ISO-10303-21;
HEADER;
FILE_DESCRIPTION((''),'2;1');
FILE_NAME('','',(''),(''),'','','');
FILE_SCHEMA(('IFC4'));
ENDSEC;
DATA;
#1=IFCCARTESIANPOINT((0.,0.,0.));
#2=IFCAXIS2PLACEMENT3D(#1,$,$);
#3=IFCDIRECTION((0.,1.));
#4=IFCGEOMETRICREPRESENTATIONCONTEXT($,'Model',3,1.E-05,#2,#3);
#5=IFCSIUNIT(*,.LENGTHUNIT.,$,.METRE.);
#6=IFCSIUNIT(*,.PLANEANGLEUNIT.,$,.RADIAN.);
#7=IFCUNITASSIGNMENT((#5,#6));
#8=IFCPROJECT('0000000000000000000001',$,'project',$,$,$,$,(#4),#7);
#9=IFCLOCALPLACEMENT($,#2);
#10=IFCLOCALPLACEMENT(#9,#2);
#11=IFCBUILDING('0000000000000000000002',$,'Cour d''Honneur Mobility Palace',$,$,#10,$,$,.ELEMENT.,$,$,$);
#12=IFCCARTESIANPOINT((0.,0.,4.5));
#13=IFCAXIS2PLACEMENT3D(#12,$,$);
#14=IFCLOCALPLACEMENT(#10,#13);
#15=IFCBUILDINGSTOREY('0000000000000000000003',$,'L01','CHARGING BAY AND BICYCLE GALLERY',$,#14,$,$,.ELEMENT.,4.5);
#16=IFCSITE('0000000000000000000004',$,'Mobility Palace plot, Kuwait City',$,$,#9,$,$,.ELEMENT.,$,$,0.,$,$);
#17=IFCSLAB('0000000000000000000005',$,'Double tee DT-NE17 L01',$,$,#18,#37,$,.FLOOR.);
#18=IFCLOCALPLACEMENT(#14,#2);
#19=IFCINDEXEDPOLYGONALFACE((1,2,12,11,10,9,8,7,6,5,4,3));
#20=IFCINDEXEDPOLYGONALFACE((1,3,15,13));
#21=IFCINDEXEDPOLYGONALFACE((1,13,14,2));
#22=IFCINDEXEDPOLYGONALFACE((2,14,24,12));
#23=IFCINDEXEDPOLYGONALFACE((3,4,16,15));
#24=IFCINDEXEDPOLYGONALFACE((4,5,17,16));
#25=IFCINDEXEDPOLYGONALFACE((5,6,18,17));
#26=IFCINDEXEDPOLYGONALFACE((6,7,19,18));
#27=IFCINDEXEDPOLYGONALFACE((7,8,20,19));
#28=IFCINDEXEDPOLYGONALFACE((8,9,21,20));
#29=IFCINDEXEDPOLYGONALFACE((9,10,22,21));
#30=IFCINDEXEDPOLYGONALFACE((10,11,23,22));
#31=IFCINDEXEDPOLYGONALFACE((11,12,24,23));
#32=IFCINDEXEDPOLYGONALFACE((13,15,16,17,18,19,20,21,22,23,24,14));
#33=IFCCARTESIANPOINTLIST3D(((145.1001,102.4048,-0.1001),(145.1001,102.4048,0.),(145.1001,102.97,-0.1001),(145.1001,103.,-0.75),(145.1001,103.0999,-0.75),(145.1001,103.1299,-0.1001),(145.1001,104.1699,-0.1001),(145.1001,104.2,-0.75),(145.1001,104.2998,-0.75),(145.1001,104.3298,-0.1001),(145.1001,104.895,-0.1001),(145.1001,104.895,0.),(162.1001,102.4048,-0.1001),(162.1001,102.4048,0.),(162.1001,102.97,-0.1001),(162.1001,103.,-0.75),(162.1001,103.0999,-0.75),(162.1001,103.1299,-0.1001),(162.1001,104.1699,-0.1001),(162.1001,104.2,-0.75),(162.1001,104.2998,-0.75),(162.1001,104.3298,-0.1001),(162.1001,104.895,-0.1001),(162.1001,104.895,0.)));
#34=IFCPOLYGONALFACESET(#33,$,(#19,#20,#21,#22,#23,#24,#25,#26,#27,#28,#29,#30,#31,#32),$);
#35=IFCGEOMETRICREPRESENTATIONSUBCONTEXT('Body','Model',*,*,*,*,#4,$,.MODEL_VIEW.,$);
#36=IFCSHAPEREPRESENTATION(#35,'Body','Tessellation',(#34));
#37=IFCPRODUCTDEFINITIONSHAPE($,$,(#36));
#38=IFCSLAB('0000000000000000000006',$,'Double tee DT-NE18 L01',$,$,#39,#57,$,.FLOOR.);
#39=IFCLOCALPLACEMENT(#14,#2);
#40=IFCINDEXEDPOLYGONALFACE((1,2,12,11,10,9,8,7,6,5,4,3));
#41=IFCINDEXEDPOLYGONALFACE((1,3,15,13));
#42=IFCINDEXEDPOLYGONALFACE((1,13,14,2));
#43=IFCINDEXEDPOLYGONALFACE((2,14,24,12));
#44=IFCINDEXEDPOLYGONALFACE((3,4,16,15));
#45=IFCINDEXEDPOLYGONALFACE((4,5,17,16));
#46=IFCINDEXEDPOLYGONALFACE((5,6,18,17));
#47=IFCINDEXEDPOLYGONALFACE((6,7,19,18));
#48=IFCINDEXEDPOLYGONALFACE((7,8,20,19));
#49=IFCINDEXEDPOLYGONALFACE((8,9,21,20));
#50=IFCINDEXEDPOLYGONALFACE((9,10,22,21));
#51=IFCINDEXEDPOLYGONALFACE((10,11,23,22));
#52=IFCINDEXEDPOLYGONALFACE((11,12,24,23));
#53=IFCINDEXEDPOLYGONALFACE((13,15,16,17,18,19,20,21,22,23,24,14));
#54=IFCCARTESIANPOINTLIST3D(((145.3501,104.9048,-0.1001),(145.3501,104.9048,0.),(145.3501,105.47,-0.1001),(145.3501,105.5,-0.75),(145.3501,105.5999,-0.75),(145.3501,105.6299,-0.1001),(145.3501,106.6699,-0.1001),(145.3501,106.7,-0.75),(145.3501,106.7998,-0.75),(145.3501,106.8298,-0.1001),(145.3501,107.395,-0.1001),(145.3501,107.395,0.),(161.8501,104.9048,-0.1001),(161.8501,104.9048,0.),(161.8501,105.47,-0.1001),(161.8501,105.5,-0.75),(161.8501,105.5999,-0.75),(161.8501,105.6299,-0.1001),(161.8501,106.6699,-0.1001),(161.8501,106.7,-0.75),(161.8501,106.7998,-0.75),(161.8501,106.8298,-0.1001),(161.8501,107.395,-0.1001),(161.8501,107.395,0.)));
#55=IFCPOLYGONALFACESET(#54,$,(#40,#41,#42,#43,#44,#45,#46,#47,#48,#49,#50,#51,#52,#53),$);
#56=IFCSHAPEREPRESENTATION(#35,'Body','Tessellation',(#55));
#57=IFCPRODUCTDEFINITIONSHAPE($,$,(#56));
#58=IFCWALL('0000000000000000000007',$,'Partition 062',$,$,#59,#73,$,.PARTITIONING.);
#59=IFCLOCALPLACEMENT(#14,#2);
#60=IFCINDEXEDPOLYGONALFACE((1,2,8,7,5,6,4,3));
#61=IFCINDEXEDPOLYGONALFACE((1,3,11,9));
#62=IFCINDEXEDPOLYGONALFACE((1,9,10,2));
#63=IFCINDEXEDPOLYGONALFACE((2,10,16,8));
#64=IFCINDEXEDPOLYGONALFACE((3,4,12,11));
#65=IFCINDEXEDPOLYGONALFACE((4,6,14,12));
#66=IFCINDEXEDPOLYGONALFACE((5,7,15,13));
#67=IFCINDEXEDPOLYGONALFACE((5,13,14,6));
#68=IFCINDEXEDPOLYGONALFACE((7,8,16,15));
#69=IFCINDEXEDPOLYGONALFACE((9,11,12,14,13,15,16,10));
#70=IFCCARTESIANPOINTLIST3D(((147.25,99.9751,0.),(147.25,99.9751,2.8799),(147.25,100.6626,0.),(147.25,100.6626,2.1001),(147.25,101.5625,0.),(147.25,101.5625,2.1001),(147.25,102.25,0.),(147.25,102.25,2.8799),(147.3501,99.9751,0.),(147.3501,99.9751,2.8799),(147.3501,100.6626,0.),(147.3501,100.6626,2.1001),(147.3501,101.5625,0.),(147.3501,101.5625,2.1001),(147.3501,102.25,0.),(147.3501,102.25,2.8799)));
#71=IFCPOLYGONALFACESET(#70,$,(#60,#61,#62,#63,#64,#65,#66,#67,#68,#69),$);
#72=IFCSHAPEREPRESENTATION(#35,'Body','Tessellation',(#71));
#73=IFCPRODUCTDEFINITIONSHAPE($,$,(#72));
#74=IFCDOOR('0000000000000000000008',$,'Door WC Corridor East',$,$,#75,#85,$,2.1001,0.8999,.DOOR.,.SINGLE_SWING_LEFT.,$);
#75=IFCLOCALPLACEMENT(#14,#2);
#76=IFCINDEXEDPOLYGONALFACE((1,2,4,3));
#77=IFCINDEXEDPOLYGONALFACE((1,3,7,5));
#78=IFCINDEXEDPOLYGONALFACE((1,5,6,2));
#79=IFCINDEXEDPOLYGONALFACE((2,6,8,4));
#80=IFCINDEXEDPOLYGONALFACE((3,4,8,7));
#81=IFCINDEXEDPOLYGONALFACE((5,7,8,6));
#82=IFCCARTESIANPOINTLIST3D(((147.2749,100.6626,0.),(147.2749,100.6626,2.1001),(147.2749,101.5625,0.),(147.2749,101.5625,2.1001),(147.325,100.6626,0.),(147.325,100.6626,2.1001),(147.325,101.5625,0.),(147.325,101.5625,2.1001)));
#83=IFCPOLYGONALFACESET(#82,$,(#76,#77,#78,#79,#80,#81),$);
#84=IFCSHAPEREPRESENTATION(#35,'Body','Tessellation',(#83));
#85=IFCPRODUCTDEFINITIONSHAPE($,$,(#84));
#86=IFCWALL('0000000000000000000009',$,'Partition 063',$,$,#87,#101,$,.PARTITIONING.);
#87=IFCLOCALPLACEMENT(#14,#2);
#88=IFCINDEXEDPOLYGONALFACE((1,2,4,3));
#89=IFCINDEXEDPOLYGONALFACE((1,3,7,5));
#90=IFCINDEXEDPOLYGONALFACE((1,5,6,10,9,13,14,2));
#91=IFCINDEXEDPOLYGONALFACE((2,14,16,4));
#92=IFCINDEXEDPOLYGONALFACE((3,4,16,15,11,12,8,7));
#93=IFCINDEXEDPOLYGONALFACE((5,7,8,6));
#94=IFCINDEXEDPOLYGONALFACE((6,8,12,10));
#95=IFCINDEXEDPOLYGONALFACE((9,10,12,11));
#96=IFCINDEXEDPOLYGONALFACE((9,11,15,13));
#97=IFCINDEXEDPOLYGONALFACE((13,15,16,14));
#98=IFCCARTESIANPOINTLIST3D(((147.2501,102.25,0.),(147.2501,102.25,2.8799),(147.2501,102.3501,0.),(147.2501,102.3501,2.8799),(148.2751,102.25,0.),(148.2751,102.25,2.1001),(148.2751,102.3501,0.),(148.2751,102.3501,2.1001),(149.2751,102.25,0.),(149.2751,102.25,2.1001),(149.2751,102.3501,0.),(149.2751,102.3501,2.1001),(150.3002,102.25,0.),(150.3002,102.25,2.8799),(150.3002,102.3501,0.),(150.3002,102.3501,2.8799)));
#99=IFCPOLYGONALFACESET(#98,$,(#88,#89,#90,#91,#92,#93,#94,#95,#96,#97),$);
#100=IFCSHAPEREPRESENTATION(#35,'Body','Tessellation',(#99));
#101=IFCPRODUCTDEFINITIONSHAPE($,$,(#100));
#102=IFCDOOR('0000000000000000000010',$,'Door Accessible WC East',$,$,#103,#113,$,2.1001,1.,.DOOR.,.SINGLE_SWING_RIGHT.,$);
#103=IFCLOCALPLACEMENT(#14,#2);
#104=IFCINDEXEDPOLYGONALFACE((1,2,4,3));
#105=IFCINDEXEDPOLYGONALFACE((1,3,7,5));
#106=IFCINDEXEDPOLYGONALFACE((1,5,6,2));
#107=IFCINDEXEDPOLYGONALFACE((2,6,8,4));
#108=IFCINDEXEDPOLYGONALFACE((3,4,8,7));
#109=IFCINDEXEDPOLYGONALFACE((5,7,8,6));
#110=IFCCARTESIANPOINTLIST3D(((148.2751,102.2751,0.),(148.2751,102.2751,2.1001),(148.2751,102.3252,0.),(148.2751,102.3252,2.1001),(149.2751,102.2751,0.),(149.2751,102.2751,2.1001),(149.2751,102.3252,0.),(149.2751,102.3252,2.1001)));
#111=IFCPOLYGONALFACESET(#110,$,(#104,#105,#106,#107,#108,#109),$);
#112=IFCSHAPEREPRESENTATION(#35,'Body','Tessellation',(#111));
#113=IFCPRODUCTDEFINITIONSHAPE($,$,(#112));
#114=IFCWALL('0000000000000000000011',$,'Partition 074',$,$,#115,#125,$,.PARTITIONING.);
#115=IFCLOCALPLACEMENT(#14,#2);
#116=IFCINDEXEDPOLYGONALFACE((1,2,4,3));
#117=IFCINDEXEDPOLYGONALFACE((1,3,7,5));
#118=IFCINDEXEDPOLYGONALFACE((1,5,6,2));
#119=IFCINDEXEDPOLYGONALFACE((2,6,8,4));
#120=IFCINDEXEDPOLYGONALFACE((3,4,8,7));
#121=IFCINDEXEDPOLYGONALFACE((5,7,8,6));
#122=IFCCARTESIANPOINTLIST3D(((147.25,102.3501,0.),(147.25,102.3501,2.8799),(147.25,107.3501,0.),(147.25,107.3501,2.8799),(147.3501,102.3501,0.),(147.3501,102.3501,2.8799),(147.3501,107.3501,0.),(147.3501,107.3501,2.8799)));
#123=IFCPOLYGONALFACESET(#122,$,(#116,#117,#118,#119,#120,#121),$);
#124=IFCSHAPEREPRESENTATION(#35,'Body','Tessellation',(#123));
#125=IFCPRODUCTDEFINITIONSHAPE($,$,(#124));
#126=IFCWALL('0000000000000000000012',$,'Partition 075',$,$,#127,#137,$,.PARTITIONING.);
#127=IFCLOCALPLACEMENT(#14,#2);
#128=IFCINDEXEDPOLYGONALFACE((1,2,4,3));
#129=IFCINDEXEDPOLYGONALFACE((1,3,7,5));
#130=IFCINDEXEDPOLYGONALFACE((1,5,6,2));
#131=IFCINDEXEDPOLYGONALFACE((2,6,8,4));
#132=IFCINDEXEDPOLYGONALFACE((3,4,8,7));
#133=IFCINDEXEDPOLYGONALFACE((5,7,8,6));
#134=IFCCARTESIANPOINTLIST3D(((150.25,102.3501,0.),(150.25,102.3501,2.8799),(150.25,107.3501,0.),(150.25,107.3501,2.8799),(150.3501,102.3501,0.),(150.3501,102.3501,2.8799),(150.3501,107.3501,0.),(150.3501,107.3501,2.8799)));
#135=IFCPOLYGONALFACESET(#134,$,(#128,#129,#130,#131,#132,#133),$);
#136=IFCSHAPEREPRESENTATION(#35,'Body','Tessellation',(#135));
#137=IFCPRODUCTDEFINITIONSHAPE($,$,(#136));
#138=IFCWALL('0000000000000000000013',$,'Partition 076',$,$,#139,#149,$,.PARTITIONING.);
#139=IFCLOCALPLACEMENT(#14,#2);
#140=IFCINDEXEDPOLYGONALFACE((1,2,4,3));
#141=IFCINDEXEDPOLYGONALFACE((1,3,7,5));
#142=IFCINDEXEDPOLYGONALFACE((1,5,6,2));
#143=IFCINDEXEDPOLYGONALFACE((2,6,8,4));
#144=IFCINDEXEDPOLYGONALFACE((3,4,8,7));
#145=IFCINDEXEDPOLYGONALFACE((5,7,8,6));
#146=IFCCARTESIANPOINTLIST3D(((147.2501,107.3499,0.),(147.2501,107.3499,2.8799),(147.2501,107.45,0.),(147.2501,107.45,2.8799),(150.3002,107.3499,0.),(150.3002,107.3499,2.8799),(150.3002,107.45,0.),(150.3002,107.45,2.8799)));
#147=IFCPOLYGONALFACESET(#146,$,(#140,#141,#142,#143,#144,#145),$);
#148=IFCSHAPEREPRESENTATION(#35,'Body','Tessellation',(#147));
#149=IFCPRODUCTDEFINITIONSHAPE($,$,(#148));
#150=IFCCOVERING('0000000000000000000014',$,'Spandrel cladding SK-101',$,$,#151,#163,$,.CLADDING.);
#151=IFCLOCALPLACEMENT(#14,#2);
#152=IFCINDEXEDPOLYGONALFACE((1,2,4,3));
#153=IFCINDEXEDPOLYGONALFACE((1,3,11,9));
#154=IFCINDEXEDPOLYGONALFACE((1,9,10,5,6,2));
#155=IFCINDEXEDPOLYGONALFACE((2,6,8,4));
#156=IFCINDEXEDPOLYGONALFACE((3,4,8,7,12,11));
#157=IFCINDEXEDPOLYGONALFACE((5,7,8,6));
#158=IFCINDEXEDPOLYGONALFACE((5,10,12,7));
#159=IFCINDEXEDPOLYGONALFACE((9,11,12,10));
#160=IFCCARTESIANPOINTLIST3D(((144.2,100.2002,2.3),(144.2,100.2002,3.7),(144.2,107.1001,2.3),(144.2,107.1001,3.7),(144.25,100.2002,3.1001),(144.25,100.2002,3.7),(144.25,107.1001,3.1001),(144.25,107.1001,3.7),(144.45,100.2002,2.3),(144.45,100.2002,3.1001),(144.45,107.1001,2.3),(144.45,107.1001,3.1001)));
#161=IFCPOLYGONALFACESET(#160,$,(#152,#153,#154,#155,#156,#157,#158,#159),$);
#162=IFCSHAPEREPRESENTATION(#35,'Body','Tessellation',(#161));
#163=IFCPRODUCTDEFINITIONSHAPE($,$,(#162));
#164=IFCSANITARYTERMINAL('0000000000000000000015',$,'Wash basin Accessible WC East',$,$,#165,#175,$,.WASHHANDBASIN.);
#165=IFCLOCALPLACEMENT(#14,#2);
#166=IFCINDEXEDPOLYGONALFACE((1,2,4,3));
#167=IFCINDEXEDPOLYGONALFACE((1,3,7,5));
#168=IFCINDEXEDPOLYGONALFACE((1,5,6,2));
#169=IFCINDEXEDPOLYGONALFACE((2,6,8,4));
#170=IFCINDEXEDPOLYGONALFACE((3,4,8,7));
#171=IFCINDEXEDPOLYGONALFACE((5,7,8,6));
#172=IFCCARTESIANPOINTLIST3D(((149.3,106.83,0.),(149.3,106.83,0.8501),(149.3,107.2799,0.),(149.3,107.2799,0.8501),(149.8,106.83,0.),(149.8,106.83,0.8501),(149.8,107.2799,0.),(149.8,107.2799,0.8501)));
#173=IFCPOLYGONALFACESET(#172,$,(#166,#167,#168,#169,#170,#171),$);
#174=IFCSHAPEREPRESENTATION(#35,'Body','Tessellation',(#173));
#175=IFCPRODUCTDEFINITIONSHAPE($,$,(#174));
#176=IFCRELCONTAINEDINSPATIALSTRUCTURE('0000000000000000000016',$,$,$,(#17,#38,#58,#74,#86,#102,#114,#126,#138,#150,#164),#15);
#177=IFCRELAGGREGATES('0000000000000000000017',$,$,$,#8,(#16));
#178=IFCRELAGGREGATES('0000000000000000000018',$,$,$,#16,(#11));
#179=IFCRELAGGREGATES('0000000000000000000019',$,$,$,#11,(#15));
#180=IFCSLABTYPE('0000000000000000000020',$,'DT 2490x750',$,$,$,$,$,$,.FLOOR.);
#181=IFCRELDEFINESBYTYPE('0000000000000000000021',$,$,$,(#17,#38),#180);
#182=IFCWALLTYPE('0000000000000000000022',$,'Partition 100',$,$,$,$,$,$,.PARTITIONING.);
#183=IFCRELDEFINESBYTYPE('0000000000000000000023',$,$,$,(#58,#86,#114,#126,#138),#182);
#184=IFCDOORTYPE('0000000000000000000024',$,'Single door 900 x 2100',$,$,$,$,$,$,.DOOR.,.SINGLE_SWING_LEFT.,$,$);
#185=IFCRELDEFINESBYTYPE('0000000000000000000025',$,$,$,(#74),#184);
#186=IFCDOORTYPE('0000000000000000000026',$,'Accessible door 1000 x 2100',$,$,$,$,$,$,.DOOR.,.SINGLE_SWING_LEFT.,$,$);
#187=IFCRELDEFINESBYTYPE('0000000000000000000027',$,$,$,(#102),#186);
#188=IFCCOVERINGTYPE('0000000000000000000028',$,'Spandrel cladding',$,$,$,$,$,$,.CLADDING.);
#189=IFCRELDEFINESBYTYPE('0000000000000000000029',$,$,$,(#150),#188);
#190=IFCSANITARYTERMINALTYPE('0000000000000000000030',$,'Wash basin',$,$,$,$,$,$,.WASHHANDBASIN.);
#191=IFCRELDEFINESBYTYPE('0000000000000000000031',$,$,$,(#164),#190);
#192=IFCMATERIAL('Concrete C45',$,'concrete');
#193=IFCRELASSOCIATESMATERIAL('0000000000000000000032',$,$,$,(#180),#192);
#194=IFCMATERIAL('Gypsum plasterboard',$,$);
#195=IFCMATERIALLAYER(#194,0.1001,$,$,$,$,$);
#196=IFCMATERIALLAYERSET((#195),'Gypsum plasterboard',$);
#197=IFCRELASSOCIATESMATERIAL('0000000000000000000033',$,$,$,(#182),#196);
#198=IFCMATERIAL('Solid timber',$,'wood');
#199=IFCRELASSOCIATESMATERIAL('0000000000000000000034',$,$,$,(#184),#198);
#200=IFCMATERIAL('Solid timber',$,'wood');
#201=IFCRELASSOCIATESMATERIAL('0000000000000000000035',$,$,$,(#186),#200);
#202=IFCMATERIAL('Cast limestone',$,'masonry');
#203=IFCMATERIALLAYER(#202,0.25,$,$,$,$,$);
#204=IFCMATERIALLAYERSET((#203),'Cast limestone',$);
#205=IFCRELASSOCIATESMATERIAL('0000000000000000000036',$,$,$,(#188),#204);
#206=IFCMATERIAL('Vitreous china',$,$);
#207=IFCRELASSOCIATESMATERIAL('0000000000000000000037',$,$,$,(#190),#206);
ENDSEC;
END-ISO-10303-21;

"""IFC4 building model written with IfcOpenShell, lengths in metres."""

from ifc_helpers import new_model, si_unit, direction, frame, frame_2d, origin, origin_2d, place, context, subcontext, project, spatial, polyline, rectangle, outline, extrude, material, layer, layer_set, material_profile, profile_set, type_object, element, fill, save


model = new_model("IFC4")

# Units and contexts
model_context = context("Model", 3, precision=1e-05, world=origin(), true_north=direction((0.0, 1.0)))
body_context = subcontext(model_context, "Body", "Model", "MODEL_VIEW")
ifc_project = project(units=[si_unit("LENGTHUNIT", "METRE"), si_unit("PLANEANGLEUNIT", "RADIAN")], contexts=[model_context])

# Site, building, storey
site_placement = place(None, origin())
site = spatial("IfcSite", under=ifc_project, at=site_placement, Name="Mobility Palace plot, Kuwait City", CompositionType="ELEMENT", RefElevation=0.0)
building_placement = place(site_placement, origin())
building = spatial("IfcBuilding", under=site, at=building_placement, Name="Cour d'Honneur Mobility Palace", CompositionType="ELEMENT")
storey_placement = place(building_placement, frame((0.0, 0.0, 4.5)))
storey = spatial("IfcBuildingStorey", under=building, at=storey_placement, Name="L01", Description="CHARGING BAY AND BICYCLE GALLERY", CompositionType="ELEMENT", Elevation=4.5)

# Slabs
ifc_material_1 = material(Name="Concrete C45", Category="concrete")
ifc_material_profile_1 = material_profile(ifc_material_1, outline(polyline([(-1.2451, 0.0), (1.2451, 0.0), (1.2451, -0.1001), (0.6799, -0.1001), (0.6499, -0.75), (0.55, -0.75), (0.52, -0.1001), (-0.52, -0.1001), (-0.55, -0.75), (-0.6499, -0.75), (-0.6799, -0.1001), (-1.2451, -0.1001), (-1.2451, 0.0)])), Name="DT 2490x750")
ifc_profile_set_1 = profile_set([ifc_material_profile_1], Name="Concrete C45")
slab_type_1 = type_object("IfcSlabType", Name="DT 2490x750", PredefinedType="FLOOR", material=ifc_profile_set_1)
slab_1_placement = place(storey_placement, frame((145.1001, 103.6499, 0.0), z_axis=(1.0, 0.0, 0.0), x_axis=(0.0, 1.0, 0.0)))
element("IfcSlab", 1, at=slab_1_placement, inside=storey, type_object=slab_type_1, Name="Double tee DT-NE17 L01", PredefinedType="FLOOR", context=body_context, shape_type="SweptSolid", body=[
    extrude(outline(polyline([(-1.2451, 0.0), (1.2451, 0.0), (1.2451, -0.1001), (0.6799, -0.1001), (0.6499, -0.75), (0.55, -0.75), (0.52, -0.1001), (-0.52, -0.1001), (-0.55, -0.75), (-0.6499, -0.75), (-0.6799, -0.1001), (-1.2451, -0.1001), (-1.2451, 0.0)])), origin(), (0.0, 0.0, 1.0), 17.0),
])
slab_2_placement = place(storey_placement, frame((145.3501, 106.1499, 0.0), z_axis=(1.0, 0.0, 0.0), x_axis=(0.0, 1.0, 0.0)))
element("IfcSlab", 2, at=slab_2_placement, inside=storey, type_object=slab_type_1, Name="Double tee DT-NE18 L01", PredefinedType="FLOOR", context=body_context, shape_type="SweptSolid", body=[
    extrude(outline(polyline([(-1.2451, 0.0), (1.2451, 0.0), (1.2451, -0.1001), (0.6799, -0.1001), (0.6499, -0.75), (0.55, -0.75), (0.52, -0.1001), (-0.52, -0.1001), (-0.55, -0.75), (-0.6499, -0.75), (-0.6799, -0.1001), (-1.2451, -0.1001), (-1.2451, 0.0)])), origin(), (0.0, 0.0, 1.0), 16.5),
])

# Walls, openings, doors
ifc_material_2 = material(Name="Gypsum plasterboard")
ifc_layer_1 = layer(ifc_material_2, 0.1001)
ifc_layer_set_1 = layer_set([ifc_layer_1], Name="Gypsum plasterboard")
wall_type = type_object("IfcWallType", Name="Partition 100", PredefinedType="PARTITIONING", material=ifc_layer_set_1)
wall_1_placement = place(storey_placement, frame((147.3, 102.25, 0.0), z_axis=(0.0, 0.0, 1.0), x_axis=(0.0, -1.0, 0.0)))
wall_1 = element("IfcWall", 3, at=wall_1_placement, inside=storey, type_object=wall_type, Name="Partition 062", PredefinedType="PARTITIONING", context=body_context, shape_type="SweptSolid", body=[
    extrude(rectangle(XDim=2.2749, YDim=0.1001, at=frame_2d((1.1375, 0.0))), origin(), (0.0, 0.0, 1.0), 2.8799),
])
opening_1_placement = place(wall_1_placement, frame((0.6875, 0.0, 0.0)))
opening_1 = element("IfcOpeningElement", 4, at=opening_1_placement, cuts=wall_1, PredefinedType="OPENING", context=body_context, shape_type="SweptSolid", body=[
    extrude(rectangle(XDim=0.8999, YDim=2.1001, at=frame_2d((0.45, 1.05))), frame((0.0, 0.0601, 0.0), z_axis=(0.0, -1.0, 0.0), x_axis=(1.0, 0.0, 0.0)), (0.0, 0.0, 1.0), 0.1201),
])
ifc_material_3 = material(Name="Solid timber", Category="wood")
door_type_1 = type_object("IfcDoorType", Name="Single door 900 x 2100", OperationType="SINGLE_SWING_LEFT", PredefinedType="DOOR", material=ifc_material_3)
door_1_placement = place(opening_1_placement, origin())
door_1 = element("IfcDoor", 5, at=door_1_placement, inside=storey, type_object=door_type_1, Name="Door WC Corridor East", OperationType="SINGLE_SWING_LEFT", OverallHeight=2.1001, OverallWidth=0.8999, PredefinedType="DOOR", context=body_context, shape_type="SweptSolid", body=[
    extrude(rectangle(XDim=0.8999, YDim=2.1001, at=frame_2d((0.45, 1.05))), frame((0.0, 0.0249, 0.0), z_axis=(0.0, -1.0, 0.0), x_axis=(1.0, 0.0, 0.0)), (0.0, 0.0, 1.0), 0.05),
])
fill(opening_1, door_1)
wall_2_placement = place(storey_placement, frame((150.3, 102.3, 0.0), z_axis=(0.0, 0.0, 1.0), x_axis=(-1.0, 0.0, 0.0)))
wall_2 = element("IfcWall", 6, at=wall_2_placement, inside=storey, type_object=wall_type, Name="Partition 063", PredefinedType="PARTITIONING", context=body_context, shape_type="SweptSolid", body=[
    extrude(rectangle(XDim=3.05, YDim=0.1001, at=frame_2d((1.5249, 0.0))), origin(), (0.0, 0.0, 1.0), 2.8799),
])
opening_2_placement = place(wall_2_placement, frame((1.0249, 0.0, 0.0)))
opening_2 = element("IfcOpeningElement", 7, at=opening_2_placement, cuts=wall_2, PredefinedType="OPENING", context=body_context, shape_type="SweptSolid", body=[
    extrude(rectangle(XDim=1.0, YDim=2.1001, at=frame_2d((0.5, 1.05))), frame((0.0, 0.0601, 0.0), z_axis=(0.0, -1.0, 0.0), x_axis=(1.0, 0.0, 0.0)), (0.0, 0.0, 1.0), 0.1201),
])
ifc_material_4 = material(Name="Solid timber", Category="wood")
door_type_2 = type_object("IfcDoorType", Name="Accessible door 1000 x 2100", OperationType="SINGLE_SWING_LEFT", PredefinedType="DOOR", material=ifc_material_4)
door_2_placement = place(opening_2_placement, origin())
door_2 = element("IfcDoor", 8, at=door_2_placement, inside=storey, type_object=door_type_2, Name="Door Accessible WC East", OperationType="SINGLE_SWING_RIGHT", OverallHeight=2.1001, OverallWidth=1.0, PredefinedType="DOOR", context=body_context, shape_type="SweptSolid", body=[
    extrude(rectangle(XDim=1.0, YDim=2.1001, at=frame_2d((0.5, 1.05))), frame((0.0, 0.0249, 0.0), z_axis=(0.0, -1.0, 0.0), x_axis=(1.0, 0.0, 0.0)), (0.0, 0.0, 1.0), 0.05),
])
fill(opening_2, door_2)

# Walls
for number, where, z_axis, x_axis, name in (
    (9, (147.3, 107.3501, 0.0), (0.0, 0.0, 1.0), (0.0, -1.0, 0.0), "Partition 074"),
    (10, (150.3, 107.3501, 0.0), (0.0, 0.0, 1.0), (0.0, -1.0, 0.0), "Partition 075"),
):
    element("IfcWall", number, at=place(storey_placement, frame(where, z_axis=z_axis, x_axis=x_axis)), inside=storey, type_object=wall_type, Name=name, PredefinedType="PARTITIONING", context=body_context, shape_type="SweptSolid", body=[
        extrude(rectangle(XDim=5.0, YDim=0.1001, at=frame_2d((2.5, 0.0))), origin(), (0.0, 0.0, 1.0), 2.8799),
    ])
wall_3_placement = place(storey_placement, frame((150.3, 107.3999, 0.0), z_axis=(0.0, 0.0, 1.0), x_axis=(-1.0, 0.0, 0.0)))
element("IfcWall", 11, at=wall_3_placement, inside=storey, type_object=wall_type, Name="Partition 076", PredefinedType="PARTITIONING", context=body_context, shape_type="SweptSolid", body=[
    extrude(rectangle(XDim=3.05, YDim=0.1001, at=frame_2d((1.5249, 0.0))), origin(), (0.0, 0.0, 1.0), 2.8799),
])

# Covering
ifc_material_5 = material(Name="Cast limestone", Category="masonry")
ifc_layer_2 = layer(ifc_material_5, 0.25)
ifc_layer_set_2 = layer_set([ifc_layer_2], Name="Cast limestone")
covering_type = type_object("IfcCoveringType", Name="Spandrel cladding", PredefinedType="CLADDING", material=ifc_layer_set_2)
covering_placement = place(storey_placement, frame((144.45, 107.1001, 2.3), z_axis=(0.0, 1.0, 0.0), x_axis=(-1.0, 0.0, 0.0)))
element("IfcCovering", 12, at=covering_placement, inside=storey, type_object=covering_type, Name="Spandrel cladding SK-101", PredefinedType="CLADDING", context=body_context, shape_type="SweptSolid", body=[
    extrude(outline(polyline([(0.0, 0.0), (0.25, 0.0), (0.25, 1.3999), (0.2, 1.3999), (0.2, 0.8), (0.0, 0.8), (0.0, 0.0)])), origin(), (0.0, 0.0, -1.0), 6.8999),
])

# Sanitary terminal
ifc_material_6 = material(Name="Vitreous china")
sanitary_terminal_type_1 = type_object("IfcSanitaryTerminalType", Name="Wash basin", PredefinedType="WASHHANDBASIN", material=ifc_material_6)
sanitary_terminal_placement = place(storey_placement, frame((149.55, 107.0549, 0.0), z_axis=(0.0, 0.0, 1.0), x_axis=(1.0, 0.0, 0.0)))
element("IfcSanitaryTerminal", 13, at=sanitary_terminal_placement, inside=storey, type_object=sanitary_terminal_type_1, Name="Wash basin Accessible WC East", PredefinedType="WASHHANDBASIN", context=body_context, shape_type="SweptSolid", body=[
    extrude(rectangle(XDim=0.5, YDim=0.45, at=origin_2d()), origin(), (0.0, 0.0, 1.0), 0.8501),
])

save(model, "model.ifc")
